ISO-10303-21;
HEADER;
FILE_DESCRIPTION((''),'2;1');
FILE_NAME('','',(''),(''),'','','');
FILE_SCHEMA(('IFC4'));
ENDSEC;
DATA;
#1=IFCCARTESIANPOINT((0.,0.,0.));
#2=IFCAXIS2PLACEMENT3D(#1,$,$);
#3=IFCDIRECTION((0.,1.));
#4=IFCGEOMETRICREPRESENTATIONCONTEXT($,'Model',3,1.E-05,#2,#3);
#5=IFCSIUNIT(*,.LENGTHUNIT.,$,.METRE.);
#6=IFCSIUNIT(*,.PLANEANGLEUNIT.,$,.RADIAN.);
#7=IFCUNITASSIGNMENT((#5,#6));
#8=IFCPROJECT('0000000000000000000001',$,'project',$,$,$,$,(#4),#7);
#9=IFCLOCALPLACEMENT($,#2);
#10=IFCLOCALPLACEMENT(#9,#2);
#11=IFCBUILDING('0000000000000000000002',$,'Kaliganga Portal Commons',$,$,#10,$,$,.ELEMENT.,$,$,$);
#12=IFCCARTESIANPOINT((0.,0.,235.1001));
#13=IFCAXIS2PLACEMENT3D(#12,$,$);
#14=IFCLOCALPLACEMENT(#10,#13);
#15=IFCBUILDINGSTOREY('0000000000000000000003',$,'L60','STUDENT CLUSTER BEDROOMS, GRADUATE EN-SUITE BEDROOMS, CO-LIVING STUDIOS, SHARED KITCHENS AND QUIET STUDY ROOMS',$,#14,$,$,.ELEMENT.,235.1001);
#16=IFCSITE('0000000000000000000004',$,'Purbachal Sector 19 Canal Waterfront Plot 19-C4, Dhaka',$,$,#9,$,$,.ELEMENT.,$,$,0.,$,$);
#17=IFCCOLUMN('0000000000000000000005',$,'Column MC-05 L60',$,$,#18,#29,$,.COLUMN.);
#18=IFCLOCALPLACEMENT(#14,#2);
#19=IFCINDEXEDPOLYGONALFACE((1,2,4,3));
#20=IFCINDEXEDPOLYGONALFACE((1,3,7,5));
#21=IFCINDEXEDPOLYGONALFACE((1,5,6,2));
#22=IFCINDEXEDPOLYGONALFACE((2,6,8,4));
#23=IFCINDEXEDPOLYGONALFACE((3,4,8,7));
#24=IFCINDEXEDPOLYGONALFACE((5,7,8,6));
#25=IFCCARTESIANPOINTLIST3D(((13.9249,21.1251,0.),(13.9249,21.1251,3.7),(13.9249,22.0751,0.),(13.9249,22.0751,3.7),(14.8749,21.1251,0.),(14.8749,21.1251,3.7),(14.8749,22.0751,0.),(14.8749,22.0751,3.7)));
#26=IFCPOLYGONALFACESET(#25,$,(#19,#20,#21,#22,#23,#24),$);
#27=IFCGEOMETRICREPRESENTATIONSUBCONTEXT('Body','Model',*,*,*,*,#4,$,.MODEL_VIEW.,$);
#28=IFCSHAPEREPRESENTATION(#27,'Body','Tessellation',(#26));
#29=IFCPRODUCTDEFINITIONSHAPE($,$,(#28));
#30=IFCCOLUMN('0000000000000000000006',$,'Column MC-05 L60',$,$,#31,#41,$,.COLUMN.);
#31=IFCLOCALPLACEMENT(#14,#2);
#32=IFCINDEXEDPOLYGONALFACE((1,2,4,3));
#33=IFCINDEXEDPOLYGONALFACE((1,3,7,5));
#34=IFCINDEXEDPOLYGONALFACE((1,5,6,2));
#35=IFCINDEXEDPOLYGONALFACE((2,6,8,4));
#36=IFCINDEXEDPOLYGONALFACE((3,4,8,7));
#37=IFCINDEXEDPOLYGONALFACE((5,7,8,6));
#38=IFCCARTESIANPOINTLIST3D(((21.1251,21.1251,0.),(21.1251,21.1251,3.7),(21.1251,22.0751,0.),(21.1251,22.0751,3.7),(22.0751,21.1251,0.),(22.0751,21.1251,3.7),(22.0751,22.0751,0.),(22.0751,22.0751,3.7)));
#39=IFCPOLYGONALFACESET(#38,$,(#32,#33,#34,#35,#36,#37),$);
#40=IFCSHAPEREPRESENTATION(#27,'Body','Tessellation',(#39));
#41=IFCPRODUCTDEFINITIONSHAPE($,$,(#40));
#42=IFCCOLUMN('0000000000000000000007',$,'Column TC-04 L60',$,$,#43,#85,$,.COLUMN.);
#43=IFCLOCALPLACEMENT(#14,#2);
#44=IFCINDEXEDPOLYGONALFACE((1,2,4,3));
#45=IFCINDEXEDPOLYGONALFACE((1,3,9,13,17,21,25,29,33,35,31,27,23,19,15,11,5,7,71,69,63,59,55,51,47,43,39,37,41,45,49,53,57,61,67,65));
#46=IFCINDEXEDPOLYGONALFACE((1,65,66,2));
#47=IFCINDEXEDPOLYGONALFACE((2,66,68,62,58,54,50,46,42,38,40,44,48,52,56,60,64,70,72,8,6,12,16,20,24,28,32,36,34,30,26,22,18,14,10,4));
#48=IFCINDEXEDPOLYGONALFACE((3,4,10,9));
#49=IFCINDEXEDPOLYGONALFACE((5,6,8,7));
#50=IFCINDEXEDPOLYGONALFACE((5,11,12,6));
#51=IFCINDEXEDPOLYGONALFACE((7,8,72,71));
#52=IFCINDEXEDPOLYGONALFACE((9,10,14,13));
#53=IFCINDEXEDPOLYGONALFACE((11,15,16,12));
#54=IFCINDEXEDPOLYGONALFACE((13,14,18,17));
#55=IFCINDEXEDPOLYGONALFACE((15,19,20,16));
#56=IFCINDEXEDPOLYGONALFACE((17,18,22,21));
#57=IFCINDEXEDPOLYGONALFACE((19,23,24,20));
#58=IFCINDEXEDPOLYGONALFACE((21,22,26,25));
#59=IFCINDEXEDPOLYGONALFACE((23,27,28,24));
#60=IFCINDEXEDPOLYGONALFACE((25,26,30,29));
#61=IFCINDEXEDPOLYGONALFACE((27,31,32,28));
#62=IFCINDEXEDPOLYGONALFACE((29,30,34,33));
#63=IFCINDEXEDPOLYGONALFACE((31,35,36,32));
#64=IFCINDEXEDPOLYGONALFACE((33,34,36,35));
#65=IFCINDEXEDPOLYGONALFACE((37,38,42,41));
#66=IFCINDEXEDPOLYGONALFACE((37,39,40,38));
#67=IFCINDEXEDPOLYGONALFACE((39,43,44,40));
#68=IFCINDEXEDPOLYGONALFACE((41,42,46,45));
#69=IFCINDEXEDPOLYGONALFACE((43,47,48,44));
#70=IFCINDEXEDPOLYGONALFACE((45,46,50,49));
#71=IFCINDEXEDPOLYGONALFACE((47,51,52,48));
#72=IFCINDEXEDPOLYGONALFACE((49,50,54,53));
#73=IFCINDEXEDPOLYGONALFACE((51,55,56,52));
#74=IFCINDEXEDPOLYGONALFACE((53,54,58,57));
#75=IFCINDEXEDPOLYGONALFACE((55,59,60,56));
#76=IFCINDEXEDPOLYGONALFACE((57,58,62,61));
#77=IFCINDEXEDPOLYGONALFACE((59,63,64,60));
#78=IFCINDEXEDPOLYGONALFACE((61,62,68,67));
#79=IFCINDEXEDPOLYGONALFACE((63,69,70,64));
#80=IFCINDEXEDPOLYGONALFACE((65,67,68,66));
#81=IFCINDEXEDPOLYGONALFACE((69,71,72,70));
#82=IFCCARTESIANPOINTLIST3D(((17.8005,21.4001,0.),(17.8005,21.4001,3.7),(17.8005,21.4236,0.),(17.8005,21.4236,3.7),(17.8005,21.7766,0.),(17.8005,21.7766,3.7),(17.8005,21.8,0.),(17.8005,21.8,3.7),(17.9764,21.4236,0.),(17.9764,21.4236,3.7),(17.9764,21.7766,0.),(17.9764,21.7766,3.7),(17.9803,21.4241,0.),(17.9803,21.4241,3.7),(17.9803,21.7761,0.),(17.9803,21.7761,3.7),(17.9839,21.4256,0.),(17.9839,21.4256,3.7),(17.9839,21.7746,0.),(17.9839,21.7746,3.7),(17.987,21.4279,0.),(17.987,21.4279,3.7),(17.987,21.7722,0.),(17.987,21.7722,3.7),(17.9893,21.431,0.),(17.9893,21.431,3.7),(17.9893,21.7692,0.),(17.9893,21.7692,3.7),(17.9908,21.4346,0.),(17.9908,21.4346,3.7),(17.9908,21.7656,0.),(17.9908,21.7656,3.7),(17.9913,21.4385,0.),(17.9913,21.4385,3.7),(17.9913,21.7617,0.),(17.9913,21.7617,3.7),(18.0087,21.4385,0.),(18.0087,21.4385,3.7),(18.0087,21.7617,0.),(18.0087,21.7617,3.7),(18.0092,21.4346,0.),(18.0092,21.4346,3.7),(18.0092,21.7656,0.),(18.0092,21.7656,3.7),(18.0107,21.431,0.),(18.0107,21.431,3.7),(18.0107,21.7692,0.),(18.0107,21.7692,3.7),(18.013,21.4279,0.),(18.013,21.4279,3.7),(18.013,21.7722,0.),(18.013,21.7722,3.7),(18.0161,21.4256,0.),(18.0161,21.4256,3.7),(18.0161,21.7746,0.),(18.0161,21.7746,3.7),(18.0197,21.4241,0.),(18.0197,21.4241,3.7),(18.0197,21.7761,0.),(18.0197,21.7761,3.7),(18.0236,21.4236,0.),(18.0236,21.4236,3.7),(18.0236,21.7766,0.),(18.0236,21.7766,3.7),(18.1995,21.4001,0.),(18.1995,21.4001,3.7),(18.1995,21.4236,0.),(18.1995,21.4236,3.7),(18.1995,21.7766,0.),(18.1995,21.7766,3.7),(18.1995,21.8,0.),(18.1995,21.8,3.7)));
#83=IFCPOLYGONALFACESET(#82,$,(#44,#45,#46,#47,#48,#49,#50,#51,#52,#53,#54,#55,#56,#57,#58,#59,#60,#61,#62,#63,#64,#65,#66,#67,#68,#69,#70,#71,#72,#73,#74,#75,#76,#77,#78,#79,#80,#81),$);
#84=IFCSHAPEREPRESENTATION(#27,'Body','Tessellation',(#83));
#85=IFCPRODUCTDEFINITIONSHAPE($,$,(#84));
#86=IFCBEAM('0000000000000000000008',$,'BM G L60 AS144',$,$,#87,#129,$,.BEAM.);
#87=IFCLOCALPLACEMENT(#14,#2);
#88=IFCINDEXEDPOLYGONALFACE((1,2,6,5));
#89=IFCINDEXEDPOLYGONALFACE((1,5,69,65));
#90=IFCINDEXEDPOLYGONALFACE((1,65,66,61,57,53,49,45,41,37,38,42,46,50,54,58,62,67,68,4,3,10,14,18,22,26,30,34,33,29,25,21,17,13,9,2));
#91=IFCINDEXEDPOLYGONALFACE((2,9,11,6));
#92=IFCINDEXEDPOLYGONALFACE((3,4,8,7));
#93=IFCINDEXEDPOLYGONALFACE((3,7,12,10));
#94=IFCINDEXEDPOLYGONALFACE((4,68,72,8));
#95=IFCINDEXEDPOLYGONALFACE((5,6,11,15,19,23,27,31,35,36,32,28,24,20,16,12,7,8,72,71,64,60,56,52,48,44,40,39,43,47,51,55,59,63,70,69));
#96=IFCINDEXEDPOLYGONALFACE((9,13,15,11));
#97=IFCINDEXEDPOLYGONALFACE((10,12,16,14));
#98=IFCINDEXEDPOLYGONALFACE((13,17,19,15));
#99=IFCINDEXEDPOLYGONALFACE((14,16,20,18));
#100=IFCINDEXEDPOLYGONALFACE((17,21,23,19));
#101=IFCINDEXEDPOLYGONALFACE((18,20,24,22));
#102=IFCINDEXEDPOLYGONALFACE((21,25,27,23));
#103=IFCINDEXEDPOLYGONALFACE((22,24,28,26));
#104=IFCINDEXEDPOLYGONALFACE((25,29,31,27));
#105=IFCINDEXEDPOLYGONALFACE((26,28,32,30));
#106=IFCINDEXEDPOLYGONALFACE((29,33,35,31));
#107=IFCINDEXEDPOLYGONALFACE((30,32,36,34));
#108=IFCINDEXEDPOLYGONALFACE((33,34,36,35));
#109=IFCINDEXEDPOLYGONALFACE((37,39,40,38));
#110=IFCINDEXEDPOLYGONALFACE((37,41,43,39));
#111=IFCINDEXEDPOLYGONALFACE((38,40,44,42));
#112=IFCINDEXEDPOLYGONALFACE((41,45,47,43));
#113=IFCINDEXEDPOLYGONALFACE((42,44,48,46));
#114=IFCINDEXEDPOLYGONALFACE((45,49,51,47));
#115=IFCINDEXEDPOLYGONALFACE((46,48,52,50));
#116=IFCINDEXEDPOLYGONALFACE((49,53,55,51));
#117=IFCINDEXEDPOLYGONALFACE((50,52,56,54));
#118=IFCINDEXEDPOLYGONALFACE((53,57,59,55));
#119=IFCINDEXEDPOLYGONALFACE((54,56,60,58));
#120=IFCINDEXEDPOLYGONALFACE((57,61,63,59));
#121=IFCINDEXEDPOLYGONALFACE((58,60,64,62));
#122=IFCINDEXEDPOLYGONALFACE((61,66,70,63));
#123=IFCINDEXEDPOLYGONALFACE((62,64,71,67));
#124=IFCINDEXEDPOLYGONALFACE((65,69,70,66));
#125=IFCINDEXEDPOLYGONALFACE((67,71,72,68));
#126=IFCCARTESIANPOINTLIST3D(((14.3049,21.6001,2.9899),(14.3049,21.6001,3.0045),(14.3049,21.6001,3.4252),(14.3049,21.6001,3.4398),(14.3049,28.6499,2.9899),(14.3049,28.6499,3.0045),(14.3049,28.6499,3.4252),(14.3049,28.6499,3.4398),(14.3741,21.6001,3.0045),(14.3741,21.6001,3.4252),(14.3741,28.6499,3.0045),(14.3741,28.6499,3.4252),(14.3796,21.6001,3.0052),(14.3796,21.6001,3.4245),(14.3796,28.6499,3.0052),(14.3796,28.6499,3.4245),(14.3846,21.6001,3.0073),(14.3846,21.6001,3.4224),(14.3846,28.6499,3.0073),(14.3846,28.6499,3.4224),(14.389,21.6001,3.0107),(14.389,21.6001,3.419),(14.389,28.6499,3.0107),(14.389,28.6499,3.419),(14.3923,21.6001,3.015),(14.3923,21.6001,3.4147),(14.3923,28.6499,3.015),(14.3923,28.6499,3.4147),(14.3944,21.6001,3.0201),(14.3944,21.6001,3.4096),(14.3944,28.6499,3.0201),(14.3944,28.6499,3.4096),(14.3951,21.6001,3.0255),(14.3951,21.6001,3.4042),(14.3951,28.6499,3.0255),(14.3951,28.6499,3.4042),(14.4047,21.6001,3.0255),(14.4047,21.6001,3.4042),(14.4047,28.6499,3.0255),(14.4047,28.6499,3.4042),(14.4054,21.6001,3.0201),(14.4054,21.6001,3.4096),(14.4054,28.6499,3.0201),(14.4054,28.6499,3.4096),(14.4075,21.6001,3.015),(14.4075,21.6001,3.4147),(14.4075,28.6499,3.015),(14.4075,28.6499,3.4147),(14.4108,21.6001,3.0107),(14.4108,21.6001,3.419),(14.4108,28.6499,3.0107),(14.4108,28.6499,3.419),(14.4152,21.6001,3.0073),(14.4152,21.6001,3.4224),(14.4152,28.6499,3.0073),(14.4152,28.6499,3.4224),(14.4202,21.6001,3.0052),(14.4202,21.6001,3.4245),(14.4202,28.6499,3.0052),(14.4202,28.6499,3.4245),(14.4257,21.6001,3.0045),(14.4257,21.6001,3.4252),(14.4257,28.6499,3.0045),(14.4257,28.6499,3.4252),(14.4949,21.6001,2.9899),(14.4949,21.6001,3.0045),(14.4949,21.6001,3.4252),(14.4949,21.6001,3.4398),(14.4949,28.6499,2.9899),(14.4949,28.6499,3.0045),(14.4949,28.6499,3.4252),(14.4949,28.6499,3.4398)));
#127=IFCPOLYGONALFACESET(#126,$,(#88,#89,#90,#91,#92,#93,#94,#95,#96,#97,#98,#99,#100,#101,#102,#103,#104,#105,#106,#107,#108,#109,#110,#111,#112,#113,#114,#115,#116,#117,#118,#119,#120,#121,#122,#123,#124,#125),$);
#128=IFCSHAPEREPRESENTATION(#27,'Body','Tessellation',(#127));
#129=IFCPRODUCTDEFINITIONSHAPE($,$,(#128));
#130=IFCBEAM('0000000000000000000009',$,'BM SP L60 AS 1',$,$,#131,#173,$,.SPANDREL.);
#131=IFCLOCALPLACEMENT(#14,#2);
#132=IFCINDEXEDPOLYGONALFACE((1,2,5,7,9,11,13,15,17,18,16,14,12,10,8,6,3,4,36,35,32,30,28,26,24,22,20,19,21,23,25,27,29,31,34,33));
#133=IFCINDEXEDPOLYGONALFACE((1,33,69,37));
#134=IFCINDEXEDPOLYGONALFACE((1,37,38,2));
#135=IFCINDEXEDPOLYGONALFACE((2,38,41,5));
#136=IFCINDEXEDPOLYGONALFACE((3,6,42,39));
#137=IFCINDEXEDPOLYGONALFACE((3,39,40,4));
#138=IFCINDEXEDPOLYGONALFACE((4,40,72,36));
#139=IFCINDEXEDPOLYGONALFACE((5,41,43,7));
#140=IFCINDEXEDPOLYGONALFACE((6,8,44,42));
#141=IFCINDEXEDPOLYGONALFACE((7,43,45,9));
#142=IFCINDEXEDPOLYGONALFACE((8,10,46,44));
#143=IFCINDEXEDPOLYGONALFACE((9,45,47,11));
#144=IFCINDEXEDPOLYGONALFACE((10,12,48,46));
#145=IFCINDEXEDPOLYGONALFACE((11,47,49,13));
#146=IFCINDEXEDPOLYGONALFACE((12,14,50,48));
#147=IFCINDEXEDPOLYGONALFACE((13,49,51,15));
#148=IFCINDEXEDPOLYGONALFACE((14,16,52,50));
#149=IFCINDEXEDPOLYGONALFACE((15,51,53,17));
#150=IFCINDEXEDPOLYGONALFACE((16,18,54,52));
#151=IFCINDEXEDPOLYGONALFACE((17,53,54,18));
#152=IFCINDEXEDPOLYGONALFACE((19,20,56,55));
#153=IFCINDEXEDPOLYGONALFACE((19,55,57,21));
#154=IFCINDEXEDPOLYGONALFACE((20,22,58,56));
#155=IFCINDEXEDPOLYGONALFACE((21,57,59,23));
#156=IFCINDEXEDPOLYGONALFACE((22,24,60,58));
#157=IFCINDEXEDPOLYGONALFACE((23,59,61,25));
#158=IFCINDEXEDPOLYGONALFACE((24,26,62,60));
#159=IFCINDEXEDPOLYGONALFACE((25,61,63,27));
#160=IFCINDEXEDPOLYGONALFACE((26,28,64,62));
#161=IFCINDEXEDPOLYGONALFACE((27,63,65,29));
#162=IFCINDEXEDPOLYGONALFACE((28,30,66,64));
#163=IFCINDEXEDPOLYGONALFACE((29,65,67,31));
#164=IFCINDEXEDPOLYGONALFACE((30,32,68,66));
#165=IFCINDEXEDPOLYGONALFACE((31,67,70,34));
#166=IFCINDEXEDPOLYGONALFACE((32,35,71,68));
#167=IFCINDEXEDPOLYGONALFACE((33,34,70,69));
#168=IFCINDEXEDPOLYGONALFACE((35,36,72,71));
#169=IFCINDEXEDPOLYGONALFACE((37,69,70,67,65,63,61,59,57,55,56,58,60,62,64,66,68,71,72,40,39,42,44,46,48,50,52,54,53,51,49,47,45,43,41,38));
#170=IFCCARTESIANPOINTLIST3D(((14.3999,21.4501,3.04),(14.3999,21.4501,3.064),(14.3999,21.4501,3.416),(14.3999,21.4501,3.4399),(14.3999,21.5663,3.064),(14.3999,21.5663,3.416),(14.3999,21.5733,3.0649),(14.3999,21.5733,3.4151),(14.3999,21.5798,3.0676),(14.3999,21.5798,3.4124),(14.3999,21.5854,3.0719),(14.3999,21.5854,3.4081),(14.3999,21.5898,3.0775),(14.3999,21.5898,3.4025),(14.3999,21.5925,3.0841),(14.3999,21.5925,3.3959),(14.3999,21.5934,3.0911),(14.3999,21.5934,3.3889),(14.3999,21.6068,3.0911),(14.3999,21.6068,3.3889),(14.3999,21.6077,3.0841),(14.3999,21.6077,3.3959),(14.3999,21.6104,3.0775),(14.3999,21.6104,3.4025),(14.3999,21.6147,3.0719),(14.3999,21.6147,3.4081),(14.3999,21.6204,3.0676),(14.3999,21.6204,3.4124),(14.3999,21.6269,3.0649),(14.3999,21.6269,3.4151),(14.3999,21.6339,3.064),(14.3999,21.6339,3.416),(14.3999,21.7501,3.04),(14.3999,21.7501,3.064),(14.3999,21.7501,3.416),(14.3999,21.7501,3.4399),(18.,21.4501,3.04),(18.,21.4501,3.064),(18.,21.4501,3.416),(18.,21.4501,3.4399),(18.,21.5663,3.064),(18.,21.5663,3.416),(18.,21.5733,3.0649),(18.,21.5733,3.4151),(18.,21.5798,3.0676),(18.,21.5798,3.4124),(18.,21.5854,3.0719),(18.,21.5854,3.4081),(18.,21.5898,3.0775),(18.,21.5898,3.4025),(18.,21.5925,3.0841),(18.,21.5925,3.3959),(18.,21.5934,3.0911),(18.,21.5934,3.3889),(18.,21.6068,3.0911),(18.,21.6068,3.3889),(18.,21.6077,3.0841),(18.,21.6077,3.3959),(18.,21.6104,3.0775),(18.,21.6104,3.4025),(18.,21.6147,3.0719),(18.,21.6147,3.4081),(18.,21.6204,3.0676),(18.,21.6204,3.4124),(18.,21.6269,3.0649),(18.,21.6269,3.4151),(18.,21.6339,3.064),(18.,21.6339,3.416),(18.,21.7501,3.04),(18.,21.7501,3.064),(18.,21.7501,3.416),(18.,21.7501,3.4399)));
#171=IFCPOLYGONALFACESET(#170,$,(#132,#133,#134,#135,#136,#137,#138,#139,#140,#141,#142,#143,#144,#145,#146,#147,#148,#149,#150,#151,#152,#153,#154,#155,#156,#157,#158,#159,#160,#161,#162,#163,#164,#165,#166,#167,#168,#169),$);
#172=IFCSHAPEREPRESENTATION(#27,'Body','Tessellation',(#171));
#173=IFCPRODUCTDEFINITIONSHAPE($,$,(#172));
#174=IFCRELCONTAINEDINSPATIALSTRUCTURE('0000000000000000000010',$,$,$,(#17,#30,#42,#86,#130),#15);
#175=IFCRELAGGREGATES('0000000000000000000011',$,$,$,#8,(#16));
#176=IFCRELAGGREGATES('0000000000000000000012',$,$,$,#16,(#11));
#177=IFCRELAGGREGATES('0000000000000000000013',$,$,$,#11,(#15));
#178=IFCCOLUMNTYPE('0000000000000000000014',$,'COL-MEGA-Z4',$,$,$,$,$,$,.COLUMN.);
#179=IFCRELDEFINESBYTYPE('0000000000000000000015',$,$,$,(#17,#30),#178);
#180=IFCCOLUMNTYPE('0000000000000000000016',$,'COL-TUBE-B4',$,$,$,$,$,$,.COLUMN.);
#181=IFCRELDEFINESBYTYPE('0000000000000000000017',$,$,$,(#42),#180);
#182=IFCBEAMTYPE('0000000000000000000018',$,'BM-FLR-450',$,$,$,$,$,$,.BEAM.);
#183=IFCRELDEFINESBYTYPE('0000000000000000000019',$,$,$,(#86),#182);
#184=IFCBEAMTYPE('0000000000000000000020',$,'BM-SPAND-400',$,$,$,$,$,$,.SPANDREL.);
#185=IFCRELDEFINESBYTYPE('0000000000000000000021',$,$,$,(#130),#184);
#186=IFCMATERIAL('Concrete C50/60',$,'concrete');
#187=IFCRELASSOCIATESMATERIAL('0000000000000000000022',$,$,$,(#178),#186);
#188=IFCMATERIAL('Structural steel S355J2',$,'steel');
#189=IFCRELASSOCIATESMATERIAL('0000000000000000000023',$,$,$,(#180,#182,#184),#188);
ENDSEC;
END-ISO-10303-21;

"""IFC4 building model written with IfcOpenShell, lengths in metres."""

from ifc_helpers import new_model, si_unit, direction, frame, origin, origin_2d, place, context, subcontext, project, spatial, rectangle, i_section, extrude, source, transform, mapped, material, material_profile, profile_set, type_object, element, save


model = new_model("IFC4")

# Units and contexts
model_context = context("Model", 3, precision=1e-05, world=origin(), true_north=direction((0.0, 1.0)))
body_context = subcontext(model_context, "Body", "Model", "MODEL_VIEW")
ifc_project = project(units=[si_unit("LENGTHUNIT", "METRE"), si_unit("PLANEANGLEUNIT", "RADIAN")], contexts=[model_context])

# Site, building, storey
site_placement = place(None, origin())
site = spatial("IfcSite", under=ifc_project, at=site_placement, Name="Purbachal Sector 19 Canal Waterfront Plot 19-C4, Dhaka", CompositionType="ELEMENT", RefElevation=0.0)
building_placement = place(site_placement, origin())
building = spatial("IfcBuilding", under=site, at=building_placement, Name="Kaliganga Portal Commons", CompositionType="ELEMENT")
storey_placement = place(building_placement, frame((0.0, 0.0, 235.1001)))
storey = spatial("IfcBuildingStorey", under=building, at=storey_placement, Name="L60", Description="STUDENT CLUSTER BEDROOMS, GRADUATE EN-SUITE BEDROOMS, CO-LIVING STUDIOS, SHARED KITCHENS AND QUIET STUDY ROOMS", CompositionType="ELEMENT", Elevation=235.1001)

# Columns
ifc_material_1 = material(Name="Concrete C50/60", Category="concrete")
ifc_material_profile_1 = material_profile(ifc_material_1, rectangle(XDim=0.95, YDim=0.95, at=origin_2d()), Name="RC 950x950")
ifc_profile_set_1 = profile_set([ifc_material_profile_1], Name="Concrete C50/60")
column_type_1 = type_object("IfcColumnType", Name="COL-MEGA-Z4", PredefinedType="COLUMN", material=ifc_profile_set_1)
shared_shape_1 = source(origin(), body_context, "Body", "SweptSolid", [
    extrude(rectangle(XDim=0.95, YDim=0.95, at=origin_2d()), origin(), (0.0, 0.0, 1.0), 3.7),
])
for number, where, z_axis, x_axis, name in (
    (1, (14.3999, 21.6001, 0.0), (0.0, 0.0, 1.0), (1.0, 0.0, 0.0), "Column MC-05 L60"),
    (2, (21.6001, 21.6001, 0.0), (0.0, 0.0, 1.0), (1.0, 0.0, 0.0), "Column MC-05 L60"),
):
    element("IfcColumn", number, at=place(storey_placement, frame(where, z_axis=z_axis, x_axis=x_axis)), inside=storey, type_object=column_type_1, Name=name, PredefinedType="COLUMN", context=body_context, shape_type="MappedRepresentation", body=[
        mapped(shared_shape_1, transform((0.0, 0.0, 0.0), x_axis=(1.0, 0.0, 0.0), y_axis=(0.0, 1.0, 0.0), z_axis=(0.0, 0.0, 1.0), scale=1.0)),
    ])
ifc_material_2 = material(Name="Structural steel S355J2", Category="steel")
ifc_material_profile_2 = material_profile(ifc_material_2, i_section(OverallWidth=0.3989, OverallDepth=0.3999, WebThickness=0.0173, FlangeThickness=0.0234, FilletRadius=0.0149, at=origin_2d()), Name="HD 400x287")
ifc_profile_set_2 = profile_set([ifc_material_profile_2], Name="Structural steel S355J2 wide-flange")
column_type_2 = type_object("IfcColumnType", Name="COL-TUBE-B4", PredefinedType="COLUMN", material=ifc_profile_set_2)
shared_shape_2 = source(origin(), body_context, "Body", "SweptSolid", [
    extrude(i_section(OverallWidth=0.3989, OverallDepth=0.3999, WebThickness=0.0173, FlangeThickness=0.0234, FilletRadius=0.0149, at=origin_2d()), origin(), (0.0, 0.0, 1.0), 3.7),
])
column_placement = place(storey_placement, frame((18.0, 21.6001, 0.0), z_axis=(0.0, 0.0, 1.0), x_axis=(1.0, 0.0, 0.0)))
element("IfcColumn", 3, at=column_placement, inside=storey, type_object=column_type_2, Name="Column TC-04 L60", PredefinedType="COLUMN", context=body_context, shape_type="MappedRepresentation", body=[
    mapped(shared_shape_2, transform((0.0, 0.0, 0.0), x_axis=(1.0, 0.0, 0.0), y_axis=(0.0, 1.0, 0.0), z_axis=(0.0, 0.0, 1.0), scale=1.0)),
])

# Beams
ifc_material_profile_3 = material_profile(ifc_material_2, i_section(OverallWidth=0.1899, OverallDepth=0.45, WebThickness=0.0095, FlangeThickness=0.0146, FilletRadius=0.021, at=origin_2d()), Name="IPE 450")
ifc_profile_set_3 = profile_set([ifc_material_profile_3], Name="Structural steel S355J2 wide-flange")
beam_type_1 = type_object("IfcBeamType", Name="BM-FLR-450", PredefinedType="BEAM", material=ifc_profile_set_3)
shared_shape_3 = source(origin(), body_context, "Body", "SweptSolid", [
    extrude(i_section(OverallWidth=0.1899, OverallDepth=0.45, WebThickness=0.0095, FlangeThickness=0.0146, FilletRadius=0.021, at=origin_2d()), origin(), (0.0, 0.0, 1.0), 7.0498),
])
beam_1_placement = place(storey_placement, frame((14.3999, 21.6001, 3.2148), z_axis=(0.0, 1.0, 0.0), x_axis=(-1.0, 0.0, 0.0)))
element("IfcBeam", 4, at=beam_1_placement, inside=storey, type_object=beam_type_1, Name="BM G L60 AS144", PredefinedType="BEAM", context=body_context, shape_type="MappedRepresentation", body=[
    mapped(shared_shape_3, transform((0.0, 0.0, 0.0), x_axis=(1.0, 0.0, 0.0), y_axis=(0.0, 1.0, 0.0), z_axis=(0.0, 0.0, 1.0), scale=1.0)),
])
ifc_material_profile_4 = material_profile(ifc_material_2, i_section(OverallWidth=0.3, OverallDepth=0.3999, WebThickness=0.0134, FlangeThickness=0.0239, FilletRadius=0.0271, at=origin_2d()), Name="HE 400 B")
ifc_profile_set_4 = profile_set([ifc_material_profile_4], Name="Structural steel S355J2 wide-flange")
beam_type_2 = type_object("IfcBeamType", Name="BM-SPAND-400", PredefinedType="SPANDREL", material=ifc_profile_set_4)
shared_shape_4 = source(origin(), body_context, "Body", "SweptSolid", [
    extrude(i_section(OverallWidth=0.3, OverallDepth=0.3999, WebThickness=0.0134, FlangeThickness=0.0239, FilletRadius=0.0271, at=origin_2d()), origin(), (0.0, 0.0, 1.0), 3.6001),
])
for number, where, z_axis, x_axis, name in (
    (5, (14.3999, 21.6001, 3.24), (1.0, 0.0, 0.0), (0.0, 1.0, 0.0), "BM SP L60 AS 1"),
):
    element("IfcBeam", number, at=place(storey_placement, frame(where, z_axis=z_axis, x_axis=x_axis)), inside=storey, type_object=beam_type_2, Name=name, PredefinedType="SPANDREL", context=body_context, shape_type="MappedRepresentation", body=[
        mapped(shared_shape_4, transform((0.0, 0.0, 0.0), x_axis=(1.0, 0.0, 0.0), y_axis=(0.0, 1.0, 0.0), z_axis=(0.0, 0.0, 1.0), scale=1.0)),
    ])

save(model, "model.ifc")
